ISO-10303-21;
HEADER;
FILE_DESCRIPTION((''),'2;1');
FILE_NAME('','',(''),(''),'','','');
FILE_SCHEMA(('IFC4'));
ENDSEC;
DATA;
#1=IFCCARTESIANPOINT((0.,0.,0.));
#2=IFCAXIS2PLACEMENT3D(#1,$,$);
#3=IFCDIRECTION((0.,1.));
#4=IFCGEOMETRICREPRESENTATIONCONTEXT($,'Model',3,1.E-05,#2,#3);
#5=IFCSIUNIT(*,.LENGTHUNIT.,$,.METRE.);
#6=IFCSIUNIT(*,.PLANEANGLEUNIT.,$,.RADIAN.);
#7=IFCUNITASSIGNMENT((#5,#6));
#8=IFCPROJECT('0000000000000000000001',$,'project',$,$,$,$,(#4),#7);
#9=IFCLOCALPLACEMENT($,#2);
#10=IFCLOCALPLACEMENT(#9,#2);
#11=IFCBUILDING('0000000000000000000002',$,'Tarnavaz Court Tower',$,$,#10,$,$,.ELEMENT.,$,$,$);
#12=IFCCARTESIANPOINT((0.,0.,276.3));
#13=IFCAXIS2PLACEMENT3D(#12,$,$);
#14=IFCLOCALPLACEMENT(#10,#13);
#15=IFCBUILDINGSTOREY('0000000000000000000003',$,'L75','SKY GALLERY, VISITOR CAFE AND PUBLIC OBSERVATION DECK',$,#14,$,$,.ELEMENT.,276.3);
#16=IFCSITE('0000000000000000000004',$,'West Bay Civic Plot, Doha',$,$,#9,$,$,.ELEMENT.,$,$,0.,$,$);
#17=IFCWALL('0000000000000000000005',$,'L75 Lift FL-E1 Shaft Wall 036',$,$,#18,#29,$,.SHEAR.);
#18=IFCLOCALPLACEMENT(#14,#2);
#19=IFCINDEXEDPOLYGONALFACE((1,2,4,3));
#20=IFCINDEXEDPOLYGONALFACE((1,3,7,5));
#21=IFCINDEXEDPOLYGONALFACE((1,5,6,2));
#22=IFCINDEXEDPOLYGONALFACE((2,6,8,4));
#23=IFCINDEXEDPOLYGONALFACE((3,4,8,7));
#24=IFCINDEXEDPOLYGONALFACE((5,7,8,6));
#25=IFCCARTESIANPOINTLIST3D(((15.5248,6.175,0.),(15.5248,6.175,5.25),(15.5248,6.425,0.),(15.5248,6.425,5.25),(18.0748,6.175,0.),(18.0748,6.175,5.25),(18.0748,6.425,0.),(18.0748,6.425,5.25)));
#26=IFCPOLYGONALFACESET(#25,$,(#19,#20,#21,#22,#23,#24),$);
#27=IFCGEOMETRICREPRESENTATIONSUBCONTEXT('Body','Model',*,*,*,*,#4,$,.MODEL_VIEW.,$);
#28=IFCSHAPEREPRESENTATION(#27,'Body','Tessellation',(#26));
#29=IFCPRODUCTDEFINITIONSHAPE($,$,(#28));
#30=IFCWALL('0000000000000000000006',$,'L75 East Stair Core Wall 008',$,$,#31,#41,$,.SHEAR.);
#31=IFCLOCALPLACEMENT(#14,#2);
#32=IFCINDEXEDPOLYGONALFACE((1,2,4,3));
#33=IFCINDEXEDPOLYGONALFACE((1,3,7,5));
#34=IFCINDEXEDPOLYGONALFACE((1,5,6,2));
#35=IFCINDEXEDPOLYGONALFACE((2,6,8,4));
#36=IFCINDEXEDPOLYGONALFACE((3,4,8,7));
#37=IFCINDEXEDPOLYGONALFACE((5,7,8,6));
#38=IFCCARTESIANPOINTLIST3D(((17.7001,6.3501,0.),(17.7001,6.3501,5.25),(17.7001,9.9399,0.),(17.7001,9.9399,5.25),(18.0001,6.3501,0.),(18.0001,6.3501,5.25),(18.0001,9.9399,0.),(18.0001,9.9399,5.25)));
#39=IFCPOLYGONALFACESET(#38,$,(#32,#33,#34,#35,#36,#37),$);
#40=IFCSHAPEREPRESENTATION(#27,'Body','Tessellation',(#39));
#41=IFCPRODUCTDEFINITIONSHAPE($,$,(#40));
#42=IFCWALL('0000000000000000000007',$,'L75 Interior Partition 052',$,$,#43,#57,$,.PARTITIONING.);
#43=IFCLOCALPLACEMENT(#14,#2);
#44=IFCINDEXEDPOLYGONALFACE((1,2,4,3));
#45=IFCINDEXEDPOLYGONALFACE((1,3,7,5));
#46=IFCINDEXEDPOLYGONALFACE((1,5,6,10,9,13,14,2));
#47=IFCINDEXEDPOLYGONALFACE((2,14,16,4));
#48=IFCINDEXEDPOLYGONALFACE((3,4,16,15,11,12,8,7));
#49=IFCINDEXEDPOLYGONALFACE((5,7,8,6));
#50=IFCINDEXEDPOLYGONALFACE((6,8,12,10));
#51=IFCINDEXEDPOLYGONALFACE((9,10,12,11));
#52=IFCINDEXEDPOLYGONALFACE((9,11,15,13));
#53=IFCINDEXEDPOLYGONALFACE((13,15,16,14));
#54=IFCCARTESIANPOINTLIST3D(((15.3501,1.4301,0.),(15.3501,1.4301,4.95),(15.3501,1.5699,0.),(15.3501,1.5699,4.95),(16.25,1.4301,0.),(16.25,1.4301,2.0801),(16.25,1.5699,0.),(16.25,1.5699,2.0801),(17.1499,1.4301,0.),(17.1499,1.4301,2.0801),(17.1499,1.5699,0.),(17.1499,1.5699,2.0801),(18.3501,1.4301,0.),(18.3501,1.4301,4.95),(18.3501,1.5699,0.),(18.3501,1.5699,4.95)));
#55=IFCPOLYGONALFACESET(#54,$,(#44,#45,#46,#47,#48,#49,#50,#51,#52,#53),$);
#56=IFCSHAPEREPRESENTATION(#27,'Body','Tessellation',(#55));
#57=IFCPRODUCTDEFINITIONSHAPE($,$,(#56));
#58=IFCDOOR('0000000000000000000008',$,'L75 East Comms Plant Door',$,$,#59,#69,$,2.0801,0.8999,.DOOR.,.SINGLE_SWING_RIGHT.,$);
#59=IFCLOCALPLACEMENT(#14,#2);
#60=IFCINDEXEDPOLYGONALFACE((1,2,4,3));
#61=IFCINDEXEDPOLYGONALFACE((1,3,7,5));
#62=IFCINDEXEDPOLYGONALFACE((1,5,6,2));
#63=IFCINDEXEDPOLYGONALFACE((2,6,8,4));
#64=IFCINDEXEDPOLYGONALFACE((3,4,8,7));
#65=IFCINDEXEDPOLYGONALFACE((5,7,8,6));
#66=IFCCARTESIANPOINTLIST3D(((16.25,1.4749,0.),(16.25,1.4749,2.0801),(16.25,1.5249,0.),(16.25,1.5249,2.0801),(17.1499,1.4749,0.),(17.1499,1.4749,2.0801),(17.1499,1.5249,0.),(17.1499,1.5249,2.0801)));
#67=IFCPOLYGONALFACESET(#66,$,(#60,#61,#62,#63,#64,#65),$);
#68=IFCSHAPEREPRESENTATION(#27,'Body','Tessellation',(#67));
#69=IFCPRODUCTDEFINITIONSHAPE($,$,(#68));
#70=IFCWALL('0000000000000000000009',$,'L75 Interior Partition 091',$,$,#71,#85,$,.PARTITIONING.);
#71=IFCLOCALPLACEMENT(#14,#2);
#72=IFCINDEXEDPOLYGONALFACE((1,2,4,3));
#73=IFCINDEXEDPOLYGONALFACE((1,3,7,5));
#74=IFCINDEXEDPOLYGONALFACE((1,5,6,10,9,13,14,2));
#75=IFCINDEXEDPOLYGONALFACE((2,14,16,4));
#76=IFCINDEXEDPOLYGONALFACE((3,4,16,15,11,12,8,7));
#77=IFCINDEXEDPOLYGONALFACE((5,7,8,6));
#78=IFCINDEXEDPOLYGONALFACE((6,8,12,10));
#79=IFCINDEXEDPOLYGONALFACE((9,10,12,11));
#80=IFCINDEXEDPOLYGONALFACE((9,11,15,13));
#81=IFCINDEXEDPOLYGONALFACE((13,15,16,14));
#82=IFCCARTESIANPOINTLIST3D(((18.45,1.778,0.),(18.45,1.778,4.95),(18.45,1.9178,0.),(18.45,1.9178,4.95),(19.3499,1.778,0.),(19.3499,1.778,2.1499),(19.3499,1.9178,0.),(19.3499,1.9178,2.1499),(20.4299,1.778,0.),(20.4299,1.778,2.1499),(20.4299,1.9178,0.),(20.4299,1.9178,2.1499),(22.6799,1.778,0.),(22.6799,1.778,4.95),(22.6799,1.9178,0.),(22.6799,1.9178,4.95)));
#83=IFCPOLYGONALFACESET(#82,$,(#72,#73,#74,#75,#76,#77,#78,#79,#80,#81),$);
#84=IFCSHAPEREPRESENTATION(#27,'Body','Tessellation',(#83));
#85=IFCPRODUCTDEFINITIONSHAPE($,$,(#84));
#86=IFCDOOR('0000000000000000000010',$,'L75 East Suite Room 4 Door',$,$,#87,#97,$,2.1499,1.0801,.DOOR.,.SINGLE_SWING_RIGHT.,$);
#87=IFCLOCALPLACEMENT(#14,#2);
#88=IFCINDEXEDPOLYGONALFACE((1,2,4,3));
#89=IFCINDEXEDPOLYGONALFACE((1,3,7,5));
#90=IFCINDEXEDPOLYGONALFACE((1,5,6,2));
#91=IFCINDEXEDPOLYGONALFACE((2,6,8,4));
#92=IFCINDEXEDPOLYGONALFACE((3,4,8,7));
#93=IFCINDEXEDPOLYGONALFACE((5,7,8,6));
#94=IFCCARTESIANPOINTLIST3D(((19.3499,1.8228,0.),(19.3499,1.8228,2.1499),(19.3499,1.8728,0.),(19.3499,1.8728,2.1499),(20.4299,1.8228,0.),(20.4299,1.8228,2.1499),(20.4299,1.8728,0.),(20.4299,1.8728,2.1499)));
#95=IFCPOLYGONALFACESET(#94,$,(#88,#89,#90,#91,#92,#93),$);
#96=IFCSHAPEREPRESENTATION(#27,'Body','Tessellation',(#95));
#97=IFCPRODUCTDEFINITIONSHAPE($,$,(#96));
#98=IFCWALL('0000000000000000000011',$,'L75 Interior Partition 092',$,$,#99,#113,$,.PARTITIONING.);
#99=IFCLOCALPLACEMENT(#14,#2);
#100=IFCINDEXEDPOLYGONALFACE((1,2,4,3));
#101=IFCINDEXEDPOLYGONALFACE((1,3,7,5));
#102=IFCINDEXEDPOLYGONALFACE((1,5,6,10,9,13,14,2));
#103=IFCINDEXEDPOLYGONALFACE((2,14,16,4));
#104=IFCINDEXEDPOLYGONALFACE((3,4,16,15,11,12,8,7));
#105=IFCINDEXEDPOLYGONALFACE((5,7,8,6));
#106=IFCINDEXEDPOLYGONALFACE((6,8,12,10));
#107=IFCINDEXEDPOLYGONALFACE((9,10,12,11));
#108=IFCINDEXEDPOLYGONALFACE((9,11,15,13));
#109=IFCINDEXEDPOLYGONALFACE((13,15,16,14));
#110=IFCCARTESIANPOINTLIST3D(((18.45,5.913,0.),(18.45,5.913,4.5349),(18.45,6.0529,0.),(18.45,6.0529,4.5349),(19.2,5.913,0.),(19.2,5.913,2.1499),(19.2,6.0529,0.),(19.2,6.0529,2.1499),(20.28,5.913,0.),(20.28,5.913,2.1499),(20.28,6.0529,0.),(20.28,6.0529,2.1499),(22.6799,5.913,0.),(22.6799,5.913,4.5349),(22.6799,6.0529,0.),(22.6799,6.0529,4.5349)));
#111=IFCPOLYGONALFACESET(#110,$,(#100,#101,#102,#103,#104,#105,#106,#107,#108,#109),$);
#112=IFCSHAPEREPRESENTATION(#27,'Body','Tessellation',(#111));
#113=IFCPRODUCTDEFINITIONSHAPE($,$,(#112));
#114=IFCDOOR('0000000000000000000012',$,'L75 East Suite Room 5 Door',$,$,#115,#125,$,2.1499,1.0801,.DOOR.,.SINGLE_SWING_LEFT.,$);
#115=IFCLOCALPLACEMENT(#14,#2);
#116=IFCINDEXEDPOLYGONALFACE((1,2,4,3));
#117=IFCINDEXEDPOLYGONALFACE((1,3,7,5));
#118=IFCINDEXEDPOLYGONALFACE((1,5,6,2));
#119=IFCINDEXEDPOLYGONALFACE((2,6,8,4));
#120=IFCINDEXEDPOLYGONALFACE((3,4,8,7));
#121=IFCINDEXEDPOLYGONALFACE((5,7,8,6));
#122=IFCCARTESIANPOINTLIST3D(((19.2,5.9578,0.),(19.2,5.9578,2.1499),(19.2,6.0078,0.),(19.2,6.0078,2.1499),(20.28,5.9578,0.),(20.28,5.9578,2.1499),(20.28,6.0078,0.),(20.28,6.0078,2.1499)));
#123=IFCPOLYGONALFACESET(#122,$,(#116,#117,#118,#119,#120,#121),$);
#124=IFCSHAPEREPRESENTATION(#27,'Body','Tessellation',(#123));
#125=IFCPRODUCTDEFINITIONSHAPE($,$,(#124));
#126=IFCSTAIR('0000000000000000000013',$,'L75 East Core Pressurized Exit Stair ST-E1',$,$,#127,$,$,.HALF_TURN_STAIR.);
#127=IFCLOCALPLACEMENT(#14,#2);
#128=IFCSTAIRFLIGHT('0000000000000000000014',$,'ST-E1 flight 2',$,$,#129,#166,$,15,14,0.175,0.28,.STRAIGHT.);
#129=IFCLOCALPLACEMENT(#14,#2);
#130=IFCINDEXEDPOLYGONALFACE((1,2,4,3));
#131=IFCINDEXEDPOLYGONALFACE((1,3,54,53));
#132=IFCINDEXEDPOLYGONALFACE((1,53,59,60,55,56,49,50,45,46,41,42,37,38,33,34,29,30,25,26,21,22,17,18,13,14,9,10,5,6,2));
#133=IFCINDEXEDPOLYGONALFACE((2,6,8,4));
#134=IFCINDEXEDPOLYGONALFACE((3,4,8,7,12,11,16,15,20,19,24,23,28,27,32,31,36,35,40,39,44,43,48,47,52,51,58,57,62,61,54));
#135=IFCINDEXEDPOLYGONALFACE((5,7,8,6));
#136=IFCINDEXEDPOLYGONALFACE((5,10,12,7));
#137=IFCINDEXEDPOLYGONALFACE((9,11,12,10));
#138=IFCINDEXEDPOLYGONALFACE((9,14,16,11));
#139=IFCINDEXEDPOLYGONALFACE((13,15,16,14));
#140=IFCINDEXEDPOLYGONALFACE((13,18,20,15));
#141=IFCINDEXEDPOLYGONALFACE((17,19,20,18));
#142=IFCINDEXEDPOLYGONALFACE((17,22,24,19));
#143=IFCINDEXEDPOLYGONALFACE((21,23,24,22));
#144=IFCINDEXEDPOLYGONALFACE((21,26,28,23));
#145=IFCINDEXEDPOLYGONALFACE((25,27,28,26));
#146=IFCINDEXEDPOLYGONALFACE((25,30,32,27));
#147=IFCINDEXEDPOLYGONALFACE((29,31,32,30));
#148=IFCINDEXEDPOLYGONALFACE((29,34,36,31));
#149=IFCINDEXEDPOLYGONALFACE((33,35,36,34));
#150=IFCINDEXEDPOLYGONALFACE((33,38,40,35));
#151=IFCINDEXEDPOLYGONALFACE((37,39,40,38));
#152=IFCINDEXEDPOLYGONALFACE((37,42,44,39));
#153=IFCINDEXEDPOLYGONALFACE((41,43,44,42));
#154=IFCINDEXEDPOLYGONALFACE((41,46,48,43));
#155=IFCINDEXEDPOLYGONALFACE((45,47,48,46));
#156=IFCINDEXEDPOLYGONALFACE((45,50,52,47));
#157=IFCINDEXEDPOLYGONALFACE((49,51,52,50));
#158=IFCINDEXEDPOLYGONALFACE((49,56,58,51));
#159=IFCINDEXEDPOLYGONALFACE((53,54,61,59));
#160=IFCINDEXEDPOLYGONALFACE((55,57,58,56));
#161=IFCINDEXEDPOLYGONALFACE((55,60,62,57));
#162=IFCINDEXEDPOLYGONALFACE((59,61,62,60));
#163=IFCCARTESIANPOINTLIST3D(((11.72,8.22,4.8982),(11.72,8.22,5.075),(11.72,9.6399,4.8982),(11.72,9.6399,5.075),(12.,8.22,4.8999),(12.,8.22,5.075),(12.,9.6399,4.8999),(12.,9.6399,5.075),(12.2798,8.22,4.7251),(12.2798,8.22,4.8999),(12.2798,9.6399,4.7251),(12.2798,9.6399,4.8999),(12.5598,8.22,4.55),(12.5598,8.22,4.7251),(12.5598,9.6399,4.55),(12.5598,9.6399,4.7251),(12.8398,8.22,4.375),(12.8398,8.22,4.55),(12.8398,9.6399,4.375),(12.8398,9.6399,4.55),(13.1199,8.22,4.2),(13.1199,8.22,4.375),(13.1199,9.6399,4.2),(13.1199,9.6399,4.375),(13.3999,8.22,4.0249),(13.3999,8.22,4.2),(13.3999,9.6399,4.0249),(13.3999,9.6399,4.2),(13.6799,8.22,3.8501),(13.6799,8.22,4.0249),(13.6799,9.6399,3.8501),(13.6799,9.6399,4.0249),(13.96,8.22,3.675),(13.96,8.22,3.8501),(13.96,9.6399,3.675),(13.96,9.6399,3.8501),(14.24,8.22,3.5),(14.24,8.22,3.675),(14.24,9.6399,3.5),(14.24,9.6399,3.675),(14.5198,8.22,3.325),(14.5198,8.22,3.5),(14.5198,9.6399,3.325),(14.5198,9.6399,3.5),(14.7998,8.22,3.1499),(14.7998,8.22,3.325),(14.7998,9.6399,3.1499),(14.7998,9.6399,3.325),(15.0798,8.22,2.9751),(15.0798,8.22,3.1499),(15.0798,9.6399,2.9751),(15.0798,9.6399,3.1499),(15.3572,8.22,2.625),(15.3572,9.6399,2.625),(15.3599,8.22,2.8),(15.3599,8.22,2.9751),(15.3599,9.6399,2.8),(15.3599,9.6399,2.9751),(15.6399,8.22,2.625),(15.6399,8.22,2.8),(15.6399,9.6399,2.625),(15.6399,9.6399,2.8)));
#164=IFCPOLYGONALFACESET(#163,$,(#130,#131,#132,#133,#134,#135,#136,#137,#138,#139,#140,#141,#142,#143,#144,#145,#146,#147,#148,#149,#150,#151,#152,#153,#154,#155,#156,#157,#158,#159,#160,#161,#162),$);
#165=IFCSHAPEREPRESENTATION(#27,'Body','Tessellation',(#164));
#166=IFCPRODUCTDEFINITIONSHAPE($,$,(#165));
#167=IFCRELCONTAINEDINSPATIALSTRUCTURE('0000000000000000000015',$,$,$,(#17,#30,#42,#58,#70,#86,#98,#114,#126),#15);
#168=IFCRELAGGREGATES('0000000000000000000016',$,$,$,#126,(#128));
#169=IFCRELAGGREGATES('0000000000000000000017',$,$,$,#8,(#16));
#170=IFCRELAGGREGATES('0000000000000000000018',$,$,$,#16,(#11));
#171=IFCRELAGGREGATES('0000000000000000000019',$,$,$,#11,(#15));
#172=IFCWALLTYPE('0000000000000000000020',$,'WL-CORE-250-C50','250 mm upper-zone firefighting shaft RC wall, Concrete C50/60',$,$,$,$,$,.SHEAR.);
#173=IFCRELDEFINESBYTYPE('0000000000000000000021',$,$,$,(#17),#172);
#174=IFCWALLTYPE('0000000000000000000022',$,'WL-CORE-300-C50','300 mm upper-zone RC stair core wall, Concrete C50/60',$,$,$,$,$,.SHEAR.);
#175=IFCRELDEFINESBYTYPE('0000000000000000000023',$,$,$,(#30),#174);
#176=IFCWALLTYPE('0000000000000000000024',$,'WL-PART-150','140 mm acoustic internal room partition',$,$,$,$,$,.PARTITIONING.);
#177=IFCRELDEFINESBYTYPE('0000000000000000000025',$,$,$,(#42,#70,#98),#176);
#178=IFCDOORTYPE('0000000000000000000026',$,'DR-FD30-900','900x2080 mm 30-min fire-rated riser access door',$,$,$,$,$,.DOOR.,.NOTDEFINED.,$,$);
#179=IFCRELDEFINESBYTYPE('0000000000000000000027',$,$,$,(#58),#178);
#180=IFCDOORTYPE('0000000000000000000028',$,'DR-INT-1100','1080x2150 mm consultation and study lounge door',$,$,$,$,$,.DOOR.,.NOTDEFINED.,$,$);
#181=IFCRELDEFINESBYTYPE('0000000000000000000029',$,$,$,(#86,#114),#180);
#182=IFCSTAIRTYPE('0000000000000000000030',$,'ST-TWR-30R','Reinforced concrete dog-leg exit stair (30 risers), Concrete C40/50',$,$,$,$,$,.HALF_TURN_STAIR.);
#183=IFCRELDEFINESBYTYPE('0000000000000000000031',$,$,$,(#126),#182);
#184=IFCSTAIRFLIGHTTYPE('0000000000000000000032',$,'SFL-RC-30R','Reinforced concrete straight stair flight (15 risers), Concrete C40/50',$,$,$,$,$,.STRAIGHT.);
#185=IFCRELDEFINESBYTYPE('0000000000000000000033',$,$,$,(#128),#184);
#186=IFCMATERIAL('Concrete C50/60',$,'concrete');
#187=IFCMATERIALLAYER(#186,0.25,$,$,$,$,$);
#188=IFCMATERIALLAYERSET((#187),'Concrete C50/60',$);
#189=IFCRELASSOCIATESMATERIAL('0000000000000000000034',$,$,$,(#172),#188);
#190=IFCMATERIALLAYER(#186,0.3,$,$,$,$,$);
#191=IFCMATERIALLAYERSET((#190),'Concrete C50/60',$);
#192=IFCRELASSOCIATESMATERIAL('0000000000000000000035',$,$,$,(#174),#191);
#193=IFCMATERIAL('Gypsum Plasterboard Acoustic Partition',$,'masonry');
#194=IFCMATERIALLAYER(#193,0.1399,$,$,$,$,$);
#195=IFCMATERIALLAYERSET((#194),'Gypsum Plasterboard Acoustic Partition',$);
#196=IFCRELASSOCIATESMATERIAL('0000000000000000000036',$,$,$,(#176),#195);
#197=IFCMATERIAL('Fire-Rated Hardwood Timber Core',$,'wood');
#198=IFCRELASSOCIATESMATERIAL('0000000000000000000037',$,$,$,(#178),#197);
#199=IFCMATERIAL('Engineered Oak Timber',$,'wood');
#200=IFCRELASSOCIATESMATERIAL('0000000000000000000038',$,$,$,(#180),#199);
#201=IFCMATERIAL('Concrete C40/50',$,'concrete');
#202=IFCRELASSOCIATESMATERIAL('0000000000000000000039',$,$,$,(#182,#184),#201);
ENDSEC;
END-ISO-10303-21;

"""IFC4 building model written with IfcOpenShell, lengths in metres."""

from ifc_helpers import new_model, si_unit, direction, frame, frame_2d, origin, place, context, subcontext, project, spatial, polyline, rectangle, outline, extrude, material, layer, layer_set, type_object, element, fill, aggregate, save


model = new_model("IFC4")

# Units and contexts
model_context = context("Model", 3, precision=1e-05, world=origin(), true_north=direction((0.0, 1.0)))
body_context = subcontext(model_context, "Body", "Model", "MODEL_VIEW")
ifc_project = project(units=[si_unit("LENGTHUNIT", "METRE"), si_unit("PLANEANGLEUNIT", "RADIAN")], contexts=[model_context])

# Site, building, storey
site_placement = place(None, origin())
site = spatial("IfcSite", under=ifc_project, at=site_placement, Name="West Bay Civic Plot, Doha", CompositionType="ELEMENT", RefElevation=0.0)
building_placement = place(site_placement, origin())
building = spatial("IfcBuilding", under=site, at=building_placement, Name="Tarnavaz Court Tower", CompositionType="ELEMENT")
storey_placement = place(building_placement, frame((0.0, 0.0, 276.3)))
storey = spatial("IfcBuildingStorey", under=building, at=storey_placement, Name="L75", Description="SKY GALLERY, VISITOR CAFE AND PUBLIC OBSERVATION DECK", CompositionType="ELEMENT", Elevation=276.3)

# Shared definitions
ifc_material_1 = material(Name="Concrete C50/60", Category="concrete")

# Shared definitions
ifc_layer_1 = layer(ifc_material_1, 0.25)
ifc_layer_set_1 = layer_set([ifc_layer_1], Name="Concrete C50/60")
wall_type_1 = type_object("IfcWallType", Name="WL-CORE-250-C50", Description="250 mm upper-zone firefighting shaft RC wall, Concrete C50/60", PredefinedType="SHEAR", material=ifc_layer_set_1)

# Walls
for number, where, z_axis, x_axis, name in (
    (1, (15.5249, 6.3, 0.0), (0.0, 0.0, 1.0), (1.0, 0.0, 0.0), "L75 Lift FL-E1 Shaft Wall 036"),
):
    element("IfcWall", number, at=place(storey_placement, frame(where, z_axis=z_axis, x_axis=x_axis)), inside=storey, type_object=wall_type_1, Name=name, PredefinedType="SHEAR", context=body_context, shape_type="SweptSolid", body=[
        extrude(rectangle(XDim=2.55, YDim=0.25, at=frame_2d((1.2749, 0.0))), origin(), (0.0, 0.0, 1.0), 5.25),
    ])
ifc_layer_2 = layer(ifc_material_1, 0.3)
ifc_layer_set_2 = layer_set([ifc_layer_2], Name="Concrete C50/60")
wall_type_2 = type_object("IfcWallType", Name="WL-CORE-300-C50", Description="300 mm upper-zone RC stair core wall, Concrete C50/60", PredefinedType="SHEAR", material=ifc_layer_set_2)
wall_1_placement = place(storey_placement, frame((17.8501, 6.3501, 0.0), z_axis=(0.0, 0.0, 1.0), x_axis=(0.0, 1.0, 0.0)))
element("IfcWall", 2, at=wall_1_placement, inside=storey, type_object=wall_type_2, Name="L75 East Stair Core Wall 008", PredefinedType="SHEAR", context=body_context, shape_type="SweptSolid", body=[
    extrude(rectangle(XDim=3.5898, YDim=0.3, at=frame_2d((1.7949, 0.0))), origin(), (0.0, 0.0, 1.0), 5.25),
])

# Walls, openings, doors
ifc_material_2 = material(Name="Gypsum Plasterboard Acoustic Partition", Category="masonry")
ifc_layer_3 = layer(ifc_material_2, 0.1399)
ifc_layer_set_3 = layer_set([ifc_layer_3], Name="Gypsum Plasterboard Acoustic Partition")
wall_type_3 = type_object("IfcWallType", Name="WL-PART-150", Description="140 mm acoustic internal room partition", PredefinedType="PARTITIONING", material=ifc_layer_set_3)
wall_2_placement = place(storey_placement, frame((15.3501, 1.5, 0.0), z_axis=(0.0, 0.0, 1.0), x_axis=(1.0, 0.0, 0.0)))
wall_2 = element("IfcWall", 3, at=wall_2_placement, inside=storey, type_object=wall_type_3, Name="L75 Interior Partition 052", PredefinedType="PARTITIONING", context=body_context, shape_type="SweptSolid", body=[
    extrude(rectangle(XDim=3.0, YDim=0.1399, at=frame_2d((1.5, 0.0))), origin(), (0.0, 0.0, 1.0), 4.95),
])
opening_1_placement = place(wall_2_placement, frame((0.8999, 0.0, 0.0)))
opening_1 = element("IfcOpeningElement", 4, at=opening_1_placement, cuts=wall_2, PredefinedType="OPENING", context=body_context, shape_type="SweptSolid", body=[
    extrude(rectangle(XDim=0.8999, YDim=2.0801, at=frame_2d((0.45, 1.04))), frame((0.0, 0.0798, 0.0), z_axis=(0.0, -1.0, 0.0), x_axis=(1.0, 0.0, 0.0)), (0.0, 0.0, 1.0), 0.1599),
])
ifc_material_3 = material(Name="Fire-Rated Hardwood Timber Core", Category="wood")
door_type_1 = type_object("IfcDoorType", Name="DR-FD30-900", Description="900x2080 mm 30-min fire-rated riser access door", OperationType="NOTDEFINED", PredefinedType="DOOR", material=ifc_material_3)
door_1_placement = place(opening_1_placement, origin())
door_1 = element("IfcDoor", 5, at=door_1_placement, inside=storey, type_object=door_type_1, Name="L75 East Comms Plant Door", OperationType="SINGLE_SWING_RIGHT", OverallHeight=2.0801, OverallWidth=0.8999, PredefinedType="DOOR", context=body_context, shape_type="SweptSolid", body=[
    extrude(rectangle(XDim=0.8999, YDim=2.0801, at=frame_2d((0.45, 1.04))), frame((0.0, 0.0249, 0.0), z_axis=(0.0, -1.0, 0.0), x_axis=(1.0, 0.0, 0.0)), (0.0, 0.0, 1.0), 0.05),
])
fill(opening_1, door_1)
wall_3_placement = place(storey_placement, frame((18.45, 1.8479, 0.0), z_axis=(0.0, 0.0, 1.0), x_axis=(1.0, 0.0, 0.0)))
wall_3 = element("IfcWall", 6, at=wall_3_placement, inside=storey, type_object=wall_type_3, Name="L75 Interior Partition 091", PredefinedType="PARTITIONING", context=body_context, shape_type="SweptSolid", body=[
    extrude(rectangle(XDim=4.23, YDim=0.1399, at=frame_2d((2.115, 0.0))), origin(), (0.0, 0.0, 1.0), 4.95),
])
opening_2_placement = place(wall_3_placement, frame((0.8999, 0.0, 0.0)))
opening_2 = element("IfcOpeningElement", 7, at=opening_2_placement, cuts=wall_3, PredefinedType="OPENING", context=body_context, shape_type="SweptSolid", body=[
    extrude(rectangle(XDim=1.0801, YDim=2.1499, at=frame_2d((0.54, 1.075))), frame((0.0, 0.0798, 0.0), z_axis=(0.0, -1.0, 0.0), x_axis=(1.0, 0.0, 0.0)), (0.0, 0.0, 1.0), 0.1599),
])
ifc_material_4 = material(Name="Engineered Oak Timber", Category="wood")
door_type_2 = type_object("IfcDoorType", Name="DR-INT-1100", Description="1080x2150 mm consultation and study lounge door", OperationType="NOTDEFINED", PredefinedType="DOOR", material=ifc_material_4)
door_2_placement = place(opening_2_placement, origin())
door_2 = element("IfcDoor", 8, at=door_2_placement, inside=storey, type_object=door_type_2, Name="L75 East Suite Room 4 Door", OperationType="SINGLE_SWING_RIGHT", OverallHeight=2.1499, OverallWidth=1.0801, PredefinedType="DOOR", context=body_context, shape_type="SweptSolid", body=[
    extrude(rectangle(XDim=1.0801, YDim=2.1499, at=frame_2d((0.54, 1.075))), frame((0.0, 0.0249, 0.0), z_axis=(0.0, -1.0, 0.0), x_axis=(1.0, 0.0, 0.0)), (0.0, 0.0, 1.0), 0.05),
])
fill(opening_2, door_2)
wall_4_placement = place(storey_placement, frame((18.45, 5.9829, 0.0), z_axis=(0.0, 0.0, 1.0), x_axis=(1.0, 0.0, 0.0)))
wall_4 = element("IfcWall", 9, at=wall_4_placement, inside=storey, type_object=wall_type_3, Name="L75 Interior Partition 092", PredefinedType="PARTITIONING", context=body_context, shape_type="SweptSolid", body=[
    extrude(rectangle(XDim=4.23, YDim=0.1399, at=frame_2d((2.115, 0.0))), origin(), (0.0, 0.0, 1.0), 4.5349),
])
opening_3_placement = place(wall_4_placement, frame((0.75, 0.0, 0.0)))
opening_3 = element("IfcOpeningElement", 10, at=opening_3_placement, cuts=wall_4, PredefinedType="OPENING", context=body_context, shape_type="SweptSolid", body=[
    extrude(rectangle(XDim=1.0801, YDim=2.1499, at=frame_2d((0.54, 1.075))), frame((0.0, 0.0798, 0.0), z_axis=(0.0, -1.0, 0.0), x_axis=(1.0, 0.0, 0.0)), (0.0, 0.0, 1.0), 0.1599),
])
door_3_placement = place(opening_3_placement, origin())
door_3 = element("IfcDoor", 11, at=door_3_placement, inside=storey, type_object=door_type_2, Name="L75 East Suite Room 5 Door", OperationType="SINGLE_SWING_LEFT", OverallHeight=2.1499, OverallWidth=1.0801, PredefinedType="DOOR", context=body_context, shape_type="SweptSolid", body=[
    extrude(rectangle(XDim=1.0801, YDim=2.1499, at=frame_2d((0.54, 1.075))), frame((0.0, 0.0249, 0.0), z_axis=(0.0, -1.0, 0.0), x_axis=(1.0, 0.0, 0.0)), (0.0, 0.0, 1.0), 0.05),
])
fill(opening_3, door_3)

# Stair, stair flight
ifc_material_5 = material(Name="Concrete C40/50", Category="concrete")
stair_type = type_object("IfcStairType", Name="ST-TWR-30R", Description="Reinforced concrete dog-leg exit stair (30 risers), Concrete C40/50", PredefinedType="HALF_TURN_STAIR", material=ifc_material_5)
stair_placement = place(storey_placement, origin())
stair = element("IfcStair", 12, at=stair_placement, inside=storey, type_object=stair_type, Name="L75 East Core Pressurized Exit Stair ST-E1", PredefinedType="HALF_TURN_STAIR")
stair_flight_type = type_object("IfcStairFlightType", Name="SFL-RC-30R", Description="Reinforced concrete straight stair flight (15 risers), Concrete C40/50", PredefinedType="STRAIGHT", material=ifc_material_5)
stair_flight_placement = place(storey_placement, frame((15.6399, 8.9299, 2.625), z_axis=(0.0, 0.0, 1.0), x_axis=(-1.0, 0.0, 0.0)))
stair_flight = element("IfcStairFlight", 13, at=stair_flight_placement, type_object=stair_flight_type, Name="ST-E1 flight 2", NumberOfRisers=15, NumberOfTreads=14, PredefinedType="STRAIGHT", RiserHeight=0.175, TreadLength=0.28, context=body_context, shape_type="SweptSolid", body=[
    extrude(outline(polyline([(0.0, 0.0), (0.0, 0.175), (0.28, 0.175), (0.28, 0.3501), (0.5601, 0.3501), (0.5601, 0.5249), (0.8401, 0.5249), (0.8401, 0.7), (1.1201, 0.7), (1.1201, 0.875), (1.3999, 0.875), (1.3999, 1.05), (1.6799, 1.05), (1.6799, 1.2251), (1.96, 1.2251), (1.96, 1.3999), (2.24, 1.3999), (2.24, 1.575), (2.52, 1.575), (2.52, 1.75), (2.8, 1.75), (2.8, 1.925), (3.0801, 1.925), (3.0801, 2.1001), (3.3601, 2.1001), (3.3601, 2.2749), (3.6399, 2.2749), (3.6399, 2.45), (3.9199, 2.45), (3.9199, 2.625), (3.9199, 2.2732), (0.2827, 0.0), (0.0, 0.0)])), frame((0.0, 0.71, 0.0), z_axis=(0.0, -1.0, 0.0), x_axis=(1.0, 0.0, 0.0)), (0.0, 0.0, 1.0), 1.4199),
])
aggregate(stair, [stair_flight])

save(model, "model.ifc")
